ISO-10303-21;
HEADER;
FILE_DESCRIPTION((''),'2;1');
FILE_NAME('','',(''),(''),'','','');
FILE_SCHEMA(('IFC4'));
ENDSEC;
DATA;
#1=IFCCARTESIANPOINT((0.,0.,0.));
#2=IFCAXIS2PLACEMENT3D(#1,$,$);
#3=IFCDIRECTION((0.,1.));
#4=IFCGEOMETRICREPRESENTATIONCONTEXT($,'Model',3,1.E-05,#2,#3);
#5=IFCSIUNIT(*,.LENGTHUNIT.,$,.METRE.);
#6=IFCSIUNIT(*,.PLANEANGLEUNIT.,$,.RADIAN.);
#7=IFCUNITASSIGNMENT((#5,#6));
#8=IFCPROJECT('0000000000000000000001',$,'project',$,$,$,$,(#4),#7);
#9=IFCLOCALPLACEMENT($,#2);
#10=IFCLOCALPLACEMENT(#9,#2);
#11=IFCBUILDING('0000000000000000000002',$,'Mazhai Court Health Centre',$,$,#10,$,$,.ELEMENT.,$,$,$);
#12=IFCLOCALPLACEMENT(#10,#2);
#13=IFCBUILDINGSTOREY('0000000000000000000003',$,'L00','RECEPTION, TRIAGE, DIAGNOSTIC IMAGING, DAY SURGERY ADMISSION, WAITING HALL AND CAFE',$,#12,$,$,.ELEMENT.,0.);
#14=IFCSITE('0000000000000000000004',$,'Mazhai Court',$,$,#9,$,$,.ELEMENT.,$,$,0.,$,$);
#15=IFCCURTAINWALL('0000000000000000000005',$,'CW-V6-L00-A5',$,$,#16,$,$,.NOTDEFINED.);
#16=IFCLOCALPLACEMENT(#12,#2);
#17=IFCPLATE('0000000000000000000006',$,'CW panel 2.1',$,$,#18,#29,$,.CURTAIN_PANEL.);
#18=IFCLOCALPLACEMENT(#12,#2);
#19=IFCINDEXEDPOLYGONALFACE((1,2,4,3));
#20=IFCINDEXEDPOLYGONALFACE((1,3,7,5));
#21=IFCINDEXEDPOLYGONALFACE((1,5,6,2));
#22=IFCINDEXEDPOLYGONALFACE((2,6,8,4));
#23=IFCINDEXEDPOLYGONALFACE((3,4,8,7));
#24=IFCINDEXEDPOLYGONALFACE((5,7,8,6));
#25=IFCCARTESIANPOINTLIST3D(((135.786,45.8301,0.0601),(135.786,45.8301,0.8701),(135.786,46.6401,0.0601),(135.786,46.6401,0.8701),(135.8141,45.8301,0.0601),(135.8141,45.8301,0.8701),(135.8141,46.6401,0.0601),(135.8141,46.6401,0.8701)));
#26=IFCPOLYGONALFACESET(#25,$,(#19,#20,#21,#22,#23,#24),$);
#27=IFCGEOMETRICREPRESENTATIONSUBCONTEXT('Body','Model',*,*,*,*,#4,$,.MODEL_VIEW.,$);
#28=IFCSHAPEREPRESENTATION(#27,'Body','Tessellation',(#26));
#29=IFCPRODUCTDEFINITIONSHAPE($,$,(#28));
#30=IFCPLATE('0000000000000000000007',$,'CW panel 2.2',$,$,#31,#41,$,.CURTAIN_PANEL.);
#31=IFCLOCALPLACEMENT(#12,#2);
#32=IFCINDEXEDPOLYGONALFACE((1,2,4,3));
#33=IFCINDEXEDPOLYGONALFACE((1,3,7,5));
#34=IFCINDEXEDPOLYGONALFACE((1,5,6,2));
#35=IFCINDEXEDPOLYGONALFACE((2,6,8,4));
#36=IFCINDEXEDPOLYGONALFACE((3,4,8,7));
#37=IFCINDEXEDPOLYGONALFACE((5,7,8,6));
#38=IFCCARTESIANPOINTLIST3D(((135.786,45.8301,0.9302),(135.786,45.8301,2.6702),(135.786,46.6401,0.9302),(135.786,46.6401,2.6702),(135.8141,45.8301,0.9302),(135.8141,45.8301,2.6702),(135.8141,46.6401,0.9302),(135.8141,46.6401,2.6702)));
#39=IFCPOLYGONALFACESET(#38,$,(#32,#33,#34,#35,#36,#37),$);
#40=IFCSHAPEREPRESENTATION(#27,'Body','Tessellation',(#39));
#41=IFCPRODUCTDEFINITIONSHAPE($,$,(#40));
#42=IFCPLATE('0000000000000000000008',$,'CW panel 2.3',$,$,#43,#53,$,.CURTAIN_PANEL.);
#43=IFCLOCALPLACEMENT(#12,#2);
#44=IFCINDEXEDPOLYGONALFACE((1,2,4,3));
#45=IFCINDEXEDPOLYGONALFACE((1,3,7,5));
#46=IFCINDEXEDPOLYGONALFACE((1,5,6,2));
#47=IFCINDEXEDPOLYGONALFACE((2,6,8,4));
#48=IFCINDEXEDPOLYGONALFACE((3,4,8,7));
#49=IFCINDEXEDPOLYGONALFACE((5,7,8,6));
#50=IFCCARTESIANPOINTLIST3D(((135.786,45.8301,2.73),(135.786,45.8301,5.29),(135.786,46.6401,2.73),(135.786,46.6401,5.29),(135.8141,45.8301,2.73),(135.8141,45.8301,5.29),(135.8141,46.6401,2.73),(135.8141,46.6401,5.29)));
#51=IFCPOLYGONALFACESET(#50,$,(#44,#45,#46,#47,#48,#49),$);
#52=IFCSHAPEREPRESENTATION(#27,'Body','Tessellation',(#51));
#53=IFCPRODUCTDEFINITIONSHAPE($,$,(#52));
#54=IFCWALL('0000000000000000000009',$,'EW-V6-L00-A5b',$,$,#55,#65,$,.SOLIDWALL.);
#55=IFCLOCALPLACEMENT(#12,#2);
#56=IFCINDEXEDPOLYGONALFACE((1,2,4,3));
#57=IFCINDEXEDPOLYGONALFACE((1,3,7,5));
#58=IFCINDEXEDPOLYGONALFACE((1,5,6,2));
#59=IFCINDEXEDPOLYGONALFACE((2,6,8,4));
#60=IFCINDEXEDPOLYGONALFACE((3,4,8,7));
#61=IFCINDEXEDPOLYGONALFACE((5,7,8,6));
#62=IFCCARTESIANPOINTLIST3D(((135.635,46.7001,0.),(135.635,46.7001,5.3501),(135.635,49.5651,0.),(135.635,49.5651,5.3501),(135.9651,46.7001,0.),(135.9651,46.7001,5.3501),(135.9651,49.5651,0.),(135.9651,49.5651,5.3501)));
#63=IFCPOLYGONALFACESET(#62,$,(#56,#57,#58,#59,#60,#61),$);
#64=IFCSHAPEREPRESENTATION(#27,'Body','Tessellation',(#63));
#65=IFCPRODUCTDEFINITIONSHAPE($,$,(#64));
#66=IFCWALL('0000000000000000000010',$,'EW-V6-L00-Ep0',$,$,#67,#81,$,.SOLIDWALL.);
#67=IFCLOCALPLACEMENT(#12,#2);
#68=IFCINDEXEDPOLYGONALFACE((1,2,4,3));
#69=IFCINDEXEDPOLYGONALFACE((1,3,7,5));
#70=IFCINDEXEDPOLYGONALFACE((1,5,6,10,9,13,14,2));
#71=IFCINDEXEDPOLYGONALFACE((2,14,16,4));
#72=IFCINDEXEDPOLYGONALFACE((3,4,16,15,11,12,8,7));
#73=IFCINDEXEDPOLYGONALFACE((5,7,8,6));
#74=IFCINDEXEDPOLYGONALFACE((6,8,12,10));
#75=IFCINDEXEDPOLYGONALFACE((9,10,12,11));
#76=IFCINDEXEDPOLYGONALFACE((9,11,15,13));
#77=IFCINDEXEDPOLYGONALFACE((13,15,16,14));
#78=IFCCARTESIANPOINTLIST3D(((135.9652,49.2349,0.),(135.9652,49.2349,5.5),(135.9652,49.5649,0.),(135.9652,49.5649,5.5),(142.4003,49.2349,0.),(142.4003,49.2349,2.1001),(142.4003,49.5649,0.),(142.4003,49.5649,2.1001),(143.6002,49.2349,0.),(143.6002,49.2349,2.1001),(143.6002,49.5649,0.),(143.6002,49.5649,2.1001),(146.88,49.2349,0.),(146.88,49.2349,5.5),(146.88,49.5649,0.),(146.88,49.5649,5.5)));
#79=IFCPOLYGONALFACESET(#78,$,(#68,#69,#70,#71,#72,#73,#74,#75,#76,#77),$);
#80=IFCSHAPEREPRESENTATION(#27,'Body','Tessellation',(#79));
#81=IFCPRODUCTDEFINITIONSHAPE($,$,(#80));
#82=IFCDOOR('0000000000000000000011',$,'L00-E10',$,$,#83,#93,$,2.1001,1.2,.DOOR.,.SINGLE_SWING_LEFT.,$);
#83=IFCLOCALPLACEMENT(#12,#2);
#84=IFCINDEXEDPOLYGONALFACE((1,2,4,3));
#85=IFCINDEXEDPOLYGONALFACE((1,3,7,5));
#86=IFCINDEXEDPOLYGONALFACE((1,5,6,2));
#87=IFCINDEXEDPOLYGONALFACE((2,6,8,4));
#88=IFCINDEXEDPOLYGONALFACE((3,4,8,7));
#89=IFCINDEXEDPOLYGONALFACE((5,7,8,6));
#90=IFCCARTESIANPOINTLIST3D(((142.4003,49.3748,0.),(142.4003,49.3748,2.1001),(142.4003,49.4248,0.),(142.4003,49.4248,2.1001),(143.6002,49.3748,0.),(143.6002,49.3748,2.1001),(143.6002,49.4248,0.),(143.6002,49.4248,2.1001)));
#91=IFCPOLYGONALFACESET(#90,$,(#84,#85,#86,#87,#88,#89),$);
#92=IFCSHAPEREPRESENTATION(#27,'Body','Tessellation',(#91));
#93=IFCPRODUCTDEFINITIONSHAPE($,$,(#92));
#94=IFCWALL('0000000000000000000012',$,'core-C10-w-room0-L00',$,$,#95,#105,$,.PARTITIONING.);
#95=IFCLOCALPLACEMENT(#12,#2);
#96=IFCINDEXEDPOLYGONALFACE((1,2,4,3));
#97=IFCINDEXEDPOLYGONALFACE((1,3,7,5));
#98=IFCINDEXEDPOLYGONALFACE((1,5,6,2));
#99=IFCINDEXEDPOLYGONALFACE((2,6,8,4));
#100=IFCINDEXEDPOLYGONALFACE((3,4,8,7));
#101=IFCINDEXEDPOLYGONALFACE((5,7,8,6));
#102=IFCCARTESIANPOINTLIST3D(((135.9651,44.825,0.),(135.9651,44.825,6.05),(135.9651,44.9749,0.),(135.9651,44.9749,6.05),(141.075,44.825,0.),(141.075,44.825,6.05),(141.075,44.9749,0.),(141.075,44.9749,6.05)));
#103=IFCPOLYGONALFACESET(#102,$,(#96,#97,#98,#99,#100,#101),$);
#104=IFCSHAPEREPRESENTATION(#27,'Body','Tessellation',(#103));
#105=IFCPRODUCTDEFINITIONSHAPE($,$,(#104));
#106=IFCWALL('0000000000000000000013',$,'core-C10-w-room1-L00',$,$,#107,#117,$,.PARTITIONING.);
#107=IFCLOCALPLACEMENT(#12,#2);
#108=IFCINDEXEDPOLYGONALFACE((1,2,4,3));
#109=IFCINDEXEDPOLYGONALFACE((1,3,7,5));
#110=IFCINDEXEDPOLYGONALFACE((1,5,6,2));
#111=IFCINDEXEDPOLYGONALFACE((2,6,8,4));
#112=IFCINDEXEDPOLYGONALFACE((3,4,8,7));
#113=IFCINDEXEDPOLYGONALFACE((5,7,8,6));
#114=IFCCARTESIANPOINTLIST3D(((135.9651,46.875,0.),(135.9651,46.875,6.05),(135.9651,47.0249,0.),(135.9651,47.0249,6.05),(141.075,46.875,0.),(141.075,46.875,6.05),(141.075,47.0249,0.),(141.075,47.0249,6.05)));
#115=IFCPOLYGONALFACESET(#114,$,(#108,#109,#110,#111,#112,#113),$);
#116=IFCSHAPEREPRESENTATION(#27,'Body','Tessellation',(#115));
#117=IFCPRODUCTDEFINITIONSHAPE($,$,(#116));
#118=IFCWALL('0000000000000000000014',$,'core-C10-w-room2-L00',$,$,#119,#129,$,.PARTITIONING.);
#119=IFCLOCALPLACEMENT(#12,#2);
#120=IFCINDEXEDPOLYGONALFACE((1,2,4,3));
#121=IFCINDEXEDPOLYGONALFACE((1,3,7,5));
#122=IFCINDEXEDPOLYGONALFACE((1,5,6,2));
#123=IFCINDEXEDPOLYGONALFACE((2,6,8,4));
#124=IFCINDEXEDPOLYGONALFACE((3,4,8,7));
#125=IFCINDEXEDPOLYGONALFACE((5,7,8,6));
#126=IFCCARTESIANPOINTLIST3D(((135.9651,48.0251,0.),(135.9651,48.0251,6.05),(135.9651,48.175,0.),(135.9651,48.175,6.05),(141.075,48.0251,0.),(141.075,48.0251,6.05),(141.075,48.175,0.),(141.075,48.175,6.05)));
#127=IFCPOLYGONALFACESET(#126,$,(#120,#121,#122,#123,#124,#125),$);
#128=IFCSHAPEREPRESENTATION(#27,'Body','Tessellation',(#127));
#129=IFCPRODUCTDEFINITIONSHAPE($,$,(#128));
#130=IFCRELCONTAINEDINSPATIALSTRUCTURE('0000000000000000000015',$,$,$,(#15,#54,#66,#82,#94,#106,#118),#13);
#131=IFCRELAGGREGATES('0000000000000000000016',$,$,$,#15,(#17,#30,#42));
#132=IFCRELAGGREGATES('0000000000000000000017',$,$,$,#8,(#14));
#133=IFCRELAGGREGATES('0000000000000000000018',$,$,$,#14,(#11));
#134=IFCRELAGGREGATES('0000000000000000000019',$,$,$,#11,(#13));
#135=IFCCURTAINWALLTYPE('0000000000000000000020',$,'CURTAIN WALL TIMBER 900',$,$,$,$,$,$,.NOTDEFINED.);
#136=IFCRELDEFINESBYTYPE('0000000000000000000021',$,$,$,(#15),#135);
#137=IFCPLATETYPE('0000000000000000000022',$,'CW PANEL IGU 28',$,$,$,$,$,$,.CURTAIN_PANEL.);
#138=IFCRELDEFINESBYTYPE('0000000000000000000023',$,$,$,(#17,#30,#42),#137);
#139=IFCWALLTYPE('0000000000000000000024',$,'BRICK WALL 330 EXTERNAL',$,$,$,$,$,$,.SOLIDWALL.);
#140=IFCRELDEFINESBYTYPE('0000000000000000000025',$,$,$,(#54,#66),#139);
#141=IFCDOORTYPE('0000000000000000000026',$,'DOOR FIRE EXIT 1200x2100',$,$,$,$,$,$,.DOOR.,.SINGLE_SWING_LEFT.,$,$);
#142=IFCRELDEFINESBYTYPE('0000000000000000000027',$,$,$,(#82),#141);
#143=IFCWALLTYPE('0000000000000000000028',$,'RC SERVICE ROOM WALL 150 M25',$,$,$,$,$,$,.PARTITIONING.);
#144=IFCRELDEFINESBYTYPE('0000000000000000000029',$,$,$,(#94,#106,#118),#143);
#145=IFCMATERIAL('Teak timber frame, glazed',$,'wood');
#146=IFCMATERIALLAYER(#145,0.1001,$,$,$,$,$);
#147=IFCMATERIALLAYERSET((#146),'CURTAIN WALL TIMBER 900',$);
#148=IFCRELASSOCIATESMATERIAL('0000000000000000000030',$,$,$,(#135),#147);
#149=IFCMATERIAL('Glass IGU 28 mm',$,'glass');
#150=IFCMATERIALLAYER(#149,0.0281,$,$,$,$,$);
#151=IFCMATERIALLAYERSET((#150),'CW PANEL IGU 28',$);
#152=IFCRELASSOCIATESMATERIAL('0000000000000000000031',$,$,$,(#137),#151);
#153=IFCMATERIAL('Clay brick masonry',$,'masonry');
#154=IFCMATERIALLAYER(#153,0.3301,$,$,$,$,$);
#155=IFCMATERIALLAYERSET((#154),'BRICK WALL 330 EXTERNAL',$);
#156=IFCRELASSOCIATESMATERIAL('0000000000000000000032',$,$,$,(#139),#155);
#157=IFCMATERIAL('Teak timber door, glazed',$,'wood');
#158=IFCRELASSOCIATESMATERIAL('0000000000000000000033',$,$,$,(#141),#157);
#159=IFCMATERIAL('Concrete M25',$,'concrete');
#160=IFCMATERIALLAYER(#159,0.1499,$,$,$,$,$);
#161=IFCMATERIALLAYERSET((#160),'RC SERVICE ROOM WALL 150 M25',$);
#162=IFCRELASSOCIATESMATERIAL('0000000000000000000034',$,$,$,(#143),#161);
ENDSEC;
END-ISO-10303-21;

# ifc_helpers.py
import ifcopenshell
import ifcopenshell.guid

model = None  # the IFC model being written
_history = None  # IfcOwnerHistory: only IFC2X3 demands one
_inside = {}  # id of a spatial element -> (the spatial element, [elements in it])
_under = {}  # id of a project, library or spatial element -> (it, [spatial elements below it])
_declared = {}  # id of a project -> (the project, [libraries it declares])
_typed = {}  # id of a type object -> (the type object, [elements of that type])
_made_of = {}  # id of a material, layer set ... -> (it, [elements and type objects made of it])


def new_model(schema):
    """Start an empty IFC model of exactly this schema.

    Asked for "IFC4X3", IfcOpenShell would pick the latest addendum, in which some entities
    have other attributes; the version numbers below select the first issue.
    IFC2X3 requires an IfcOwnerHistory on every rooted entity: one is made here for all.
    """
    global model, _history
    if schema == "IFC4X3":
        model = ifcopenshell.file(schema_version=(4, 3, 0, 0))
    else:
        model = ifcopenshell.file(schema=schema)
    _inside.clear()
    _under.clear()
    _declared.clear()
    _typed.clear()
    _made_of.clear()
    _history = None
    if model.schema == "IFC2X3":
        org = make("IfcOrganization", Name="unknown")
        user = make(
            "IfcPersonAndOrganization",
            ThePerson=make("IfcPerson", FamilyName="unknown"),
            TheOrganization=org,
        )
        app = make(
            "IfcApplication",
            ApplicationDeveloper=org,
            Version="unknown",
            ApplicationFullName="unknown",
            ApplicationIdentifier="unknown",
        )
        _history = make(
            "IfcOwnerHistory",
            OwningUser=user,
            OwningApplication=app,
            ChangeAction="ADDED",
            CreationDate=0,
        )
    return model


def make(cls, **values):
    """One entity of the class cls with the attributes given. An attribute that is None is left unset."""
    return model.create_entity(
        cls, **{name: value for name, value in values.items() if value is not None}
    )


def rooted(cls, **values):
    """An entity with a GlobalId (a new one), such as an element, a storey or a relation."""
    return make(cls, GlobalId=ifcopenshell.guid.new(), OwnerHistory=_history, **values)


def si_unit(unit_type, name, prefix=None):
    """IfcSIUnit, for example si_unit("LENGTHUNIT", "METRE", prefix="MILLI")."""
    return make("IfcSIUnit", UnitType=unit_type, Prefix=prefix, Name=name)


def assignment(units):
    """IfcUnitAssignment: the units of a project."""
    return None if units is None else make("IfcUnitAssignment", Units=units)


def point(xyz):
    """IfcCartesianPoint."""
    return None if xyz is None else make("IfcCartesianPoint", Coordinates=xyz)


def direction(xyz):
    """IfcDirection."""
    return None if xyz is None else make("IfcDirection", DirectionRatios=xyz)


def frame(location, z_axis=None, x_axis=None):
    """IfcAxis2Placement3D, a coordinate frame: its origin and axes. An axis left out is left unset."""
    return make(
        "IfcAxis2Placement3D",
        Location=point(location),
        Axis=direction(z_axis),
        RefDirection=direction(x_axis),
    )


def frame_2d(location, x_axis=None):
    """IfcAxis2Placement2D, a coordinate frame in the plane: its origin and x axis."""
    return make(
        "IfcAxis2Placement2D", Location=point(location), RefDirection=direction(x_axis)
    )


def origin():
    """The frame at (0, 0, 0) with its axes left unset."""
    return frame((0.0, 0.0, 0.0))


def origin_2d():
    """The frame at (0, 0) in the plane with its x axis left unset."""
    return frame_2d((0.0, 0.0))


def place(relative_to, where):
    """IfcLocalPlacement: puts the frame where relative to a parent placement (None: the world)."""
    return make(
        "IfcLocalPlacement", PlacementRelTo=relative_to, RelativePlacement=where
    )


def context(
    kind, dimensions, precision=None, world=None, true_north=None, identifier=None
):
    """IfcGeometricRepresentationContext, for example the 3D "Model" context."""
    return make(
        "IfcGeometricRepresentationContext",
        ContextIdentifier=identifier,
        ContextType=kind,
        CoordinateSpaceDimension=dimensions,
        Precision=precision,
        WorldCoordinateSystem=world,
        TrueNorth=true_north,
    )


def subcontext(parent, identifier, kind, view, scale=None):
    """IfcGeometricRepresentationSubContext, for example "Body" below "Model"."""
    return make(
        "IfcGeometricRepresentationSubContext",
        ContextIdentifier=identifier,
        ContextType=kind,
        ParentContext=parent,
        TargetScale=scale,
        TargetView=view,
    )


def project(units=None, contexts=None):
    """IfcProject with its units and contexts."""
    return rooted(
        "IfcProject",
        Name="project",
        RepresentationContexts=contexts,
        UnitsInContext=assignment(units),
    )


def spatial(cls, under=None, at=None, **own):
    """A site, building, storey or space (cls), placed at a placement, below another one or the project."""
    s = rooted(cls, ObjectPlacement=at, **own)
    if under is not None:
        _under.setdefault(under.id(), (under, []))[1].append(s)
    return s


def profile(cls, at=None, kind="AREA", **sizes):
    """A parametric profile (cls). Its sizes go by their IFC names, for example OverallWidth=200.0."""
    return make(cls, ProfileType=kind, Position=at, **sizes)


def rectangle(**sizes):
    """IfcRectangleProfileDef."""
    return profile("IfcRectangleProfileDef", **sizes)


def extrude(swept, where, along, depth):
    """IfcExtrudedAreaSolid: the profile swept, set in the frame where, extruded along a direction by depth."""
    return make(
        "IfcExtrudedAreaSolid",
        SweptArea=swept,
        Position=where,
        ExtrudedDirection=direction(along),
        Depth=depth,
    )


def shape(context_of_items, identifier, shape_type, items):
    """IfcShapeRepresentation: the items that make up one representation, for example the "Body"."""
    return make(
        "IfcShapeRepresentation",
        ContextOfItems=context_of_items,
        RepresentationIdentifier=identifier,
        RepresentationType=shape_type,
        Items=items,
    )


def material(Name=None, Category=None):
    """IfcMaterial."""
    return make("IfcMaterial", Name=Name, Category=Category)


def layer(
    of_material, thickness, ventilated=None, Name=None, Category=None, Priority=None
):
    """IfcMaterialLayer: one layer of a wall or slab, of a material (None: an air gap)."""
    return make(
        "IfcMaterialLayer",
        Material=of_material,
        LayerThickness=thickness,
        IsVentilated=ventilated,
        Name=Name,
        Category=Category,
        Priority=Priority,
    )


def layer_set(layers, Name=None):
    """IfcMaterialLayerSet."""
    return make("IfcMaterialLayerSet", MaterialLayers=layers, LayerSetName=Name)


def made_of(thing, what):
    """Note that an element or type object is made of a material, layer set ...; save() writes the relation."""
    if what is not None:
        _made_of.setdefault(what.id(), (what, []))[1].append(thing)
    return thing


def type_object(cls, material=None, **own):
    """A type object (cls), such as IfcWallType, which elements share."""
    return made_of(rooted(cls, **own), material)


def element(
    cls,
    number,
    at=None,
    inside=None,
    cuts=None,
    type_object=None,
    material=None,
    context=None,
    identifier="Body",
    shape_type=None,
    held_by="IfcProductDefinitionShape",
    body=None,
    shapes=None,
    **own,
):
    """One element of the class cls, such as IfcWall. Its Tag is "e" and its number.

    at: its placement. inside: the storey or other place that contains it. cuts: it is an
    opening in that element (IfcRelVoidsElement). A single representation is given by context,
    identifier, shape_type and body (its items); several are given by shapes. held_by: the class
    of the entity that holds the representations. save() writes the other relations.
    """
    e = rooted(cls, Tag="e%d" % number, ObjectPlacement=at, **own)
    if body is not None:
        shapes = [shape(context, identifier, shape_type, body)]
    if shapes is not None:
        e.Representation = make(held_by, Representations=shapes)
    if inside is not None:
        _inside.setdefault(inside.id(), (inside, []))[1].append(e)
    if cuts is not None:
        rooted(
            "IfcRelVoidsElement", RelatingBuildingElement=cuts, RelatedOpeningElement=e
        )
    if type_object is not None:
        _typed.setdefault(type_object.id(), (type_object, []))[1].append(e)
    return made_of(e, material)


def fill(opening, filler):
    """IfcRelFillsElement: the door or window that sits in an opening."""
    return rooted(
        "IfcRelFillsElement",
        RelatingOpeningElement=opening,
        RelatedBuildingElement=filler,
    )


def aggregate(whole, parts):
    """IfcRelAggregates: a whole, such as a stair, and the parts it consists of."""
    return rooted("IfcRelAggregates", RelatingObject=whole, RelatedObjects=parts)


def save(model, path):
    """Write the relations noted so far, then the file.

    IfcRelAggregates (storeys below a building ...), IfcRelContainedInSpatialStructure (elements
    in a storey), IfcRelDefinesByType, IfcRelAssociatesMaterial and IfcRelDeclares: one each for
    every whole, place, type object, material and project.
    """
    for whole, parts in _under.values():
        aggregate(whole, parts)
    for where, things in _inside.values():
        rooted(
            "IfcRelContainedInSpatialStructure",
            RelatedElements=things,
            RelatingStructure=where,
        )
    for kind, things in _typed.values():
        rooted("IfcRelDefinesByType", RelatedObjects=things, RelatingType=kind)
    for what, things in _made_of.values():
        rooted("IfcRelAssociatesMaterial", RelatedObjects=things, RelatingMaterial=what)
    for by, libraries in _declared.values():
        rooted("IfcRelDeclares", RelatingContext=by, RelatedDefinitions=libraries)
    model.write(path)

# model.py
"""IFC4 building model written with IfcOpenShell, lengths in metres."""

from ifc_helpers import new_model, si_unit, direction, frame, frame_2d, origin, origin_2d, place, context, subcontext, project, spatial, rectangle, extrude, material, layer, layer_set, type_object, element, fill, aggregate, save


model = new_model("IFC4")

# Units and contexts
model_context = context("Model", 3, precision=1e-05, world=origin(), true_north=direction((0.0, 1.0)))
body_context = subcontext(model_context, "Body", "Model", "MODEL_VIEW")
ifc_project = project(units=[si_unit("LENGTHUNIT", "METRE"), si_unit("PLANEANGLEUNIT", "RADIAN")], contexts=[model_context])

# Site, building, storey
site_placement = place(None, origin())
site = spatial("IfcSite", under=ifc_project, at=site_placement, Name="Mazhai Court", CompositionType="ELEMENT", RefElevation=0.0)
building_placement = place(site_placement, origin())
building = spatial("IfcBuilding", under=site, at=building_placement, Name="Mazhai Court Health Centre", CompositionType="ELEMENT")
storey_placement = place(building_placement, origin())
storey = spatial("IfcBuildingStorey", under=building, at=storey_placement, Name="L00", Description="RECEPTION, TRIAGE, DIAGNOSTIC IMAGING, DAY SURGERY ADMISSION, WAITING HALL AND CAFE", CompositionType="ELEMENT", Elevation=0.0)

# Curtain wall, plates
ifc_material_1 = material(Name="Teak timber frame, glazed", Category="wood")
ifc_layer_1 = layer(ifc_material_1, 0.1001)
ifc_layer_set_1 = layer_set([ifc_layer_1], Name="CURTAIN WALL TIMBER 900")
curtain_wall_type = type_object("IfcCurtainWallType", Name="CURTAIN WALL TIMBER 900", PredefinedType="NOTDEFINED", material=ifc_layer_set_1)
curtain_wall_placement = place(storey_placement, origin())
curtain_wall = element("IfcCurtainWall", 1, at=curtain_wall_placement, inside=storey, type_object=curtain_wall_type, Name="CW-V6-L00-A5", PredefinedType="NOTDEFINED")
ifc_material_2 = material(Name="Glass IGU 28 mm", Category="glass")
ifc_layer_2 = layer(ifc_material_2, 0.0281)
ifc_layer_set_2 = layer_set([ifc_layer_2], Name="CW PANEL IGU 28")
plate_type = type_object("IfcPlateType", Name="CW PANEL IGU 28", PredefinedType="CURTAIN_PANEL", material=ifc_layer_set_2)
plate_1_placement = place(storey_placement, frame((135.8, 46.2351, 0.0601), z_axis=(0.0, 0.0, 1.0), x_axis=(0.0, 1.0, 0.0)))
plate_1 = element("IfcPlate", 2, at=plate_1_placement, type_object=plate_type, Name="CW panel 2.1", PredefinedType="CURTAIN_PANEL", context=body_context, shape_type="SweptSolid", body=[
    extrude(rectangle(XDim=0.8101, YDim=0.0281, at=origin_2d()), origin(), (0.0, 0.0, 1.0), 0.8101),
])
plate_2_placement = place(storey_placement, frame((135.8, 46.2351, 0.9302), z_axis=(0.0, 0.0, 1.0), x_axis=(0.0, 1.0, 0.0)))
plate_2 = element("IfcPlate", 3, at=plate_2_placement, type_object=plate_type, Name="CW panel 2.2", PredefinedType="CURTAIN_PANEL", context=body_context, shape_type="SweptSolid", body=[
    extrude(rectangle(XDim=0.8101, YDim=0.0281, at=origin_2d()), origin(), (0.0, 0.0, 1.0), 1.74),
])
plate_3_placement = place(storey_placement, frame((135.8, 46.2351, 2.73), z_axis=(0.0, 0.0, 1.0), x_axis=(0.0, 1.0, 0.0)))
plate_3 = element("IfcPlate", 4, at=plate_3_placement, type_object=plate_type, Name="CW panel 2.3", PredefinedType="CURTAIN_PANEL", context=body_context, shape_type="SweptSolid", body=[
    extrude(rectangle(XDim=0.8101, YDim=0.0281, at=origin_2d()), origin(), (0.0, 0.0, 1.0), 2.5601),
])
aggregate(curtain_wall, [plate_1, plate_2, plate_3])

# Wall
ifc_material_3 = material(Name="Clay brick masonry", Category="masonry")
ifc_layer_3 = layer(ifc_material_3, 0.3301)
ifc_layer_set_3 = layer_set([ifc_layer_3], Name="BRICK WALL 330 EXTERNAL")
wall_type_1 = type_object("IfcWallType", Name="BRICK WALL 330 EXTERNAL", PredefinedType="SOLIDWALL", material=ifc_layer_set_3)
wall_1_placement = place(storey_placement, frame((135.8, 46.7, 0.0), z_axis=(0.0, 0.0, 1.0), x_axis=(0.0, 1.0, 0.0)))
element("IfcWall", 5, at=wall_1_placement, inside=storey, type_object=wall_type_1, Name="EW-V6-L00-A5b", PredefinedType="SOLIDWALL", context=body_context, shape_type="SweptSolid", body=[
    extrude(rectangle(XDim=2.865, YDim=0.3301, at=frame_2d((1.4326, 0.0))), origin(), (0.0, 0.0, 1.0), 5.3501),
])

# Wall, opening, door
wall_2_placement = place(storey_placement, frame((135.9651, 49.3999, 0.0), z_axis=(0.0, 0.0, 1.0), x_axis=(1.0, 0.0, 0.0)))
wall_2 = element("IfcWall", 6, at=wall_2_placement, inside=storey, type_object=wall_type_1, Name="EW-V6-L00-Ep0", PredefinedType="SOLIDWALL", context=body_context, shape_type="SweptSolid", body=[
    extrude(rectangle(XDim=10.9148, YDim=0.3301, at=frame_2d((5.4575, 0.0))), origin(), (0.0, 0.0, 1.0), 5.5),
])
opening_placement = place(wall_2_placement, frame((6.4351, 0.0, 0.0)))
opening = element("IfcOpeningElement", 7, at=opening_placement, cuts=wall_2, PredefinedType="OPENING", context=body_context, shape_type="SweptSolid", body=[
    extrude(rectangle(XDim=1.2, YDim=2.1001, at=frame_2d((0.6001, 1.05))), frame((0.0, 0.175, 0.0), z_axis=(0.0, -1.0, 0.0), x_axis=(1.0, 0.0, 0.0)), (0.0, 0.0, 1.0), 0.3501),
])
ifc_material_4 = material(Name="Teak timber door, glazed", Category="wood")
door_type = type_object("IfcDoorType", Name="DOOR FIRE EXIT 1200x2100", OperationType="SINGLE_SWING_LEFT", PredefinedType="DOOR", material=ifc_material_4)
door_placement = place(opening_placement, origin())
door = element("IfcDoor", 8, at=door_placement, inside=storey, type_object=door_type, Name="L00-E10", OperationType="SINGLE_SWING_LEFT", OverallHeight=2.1001, OverallWidth=1.2, PredefinedType="DOOR", context=body_context, shape_type="SweptSolid", body=[
    extrude(rectangle(XDim=1.2, YDim=2.1001, at=frame_2d((0.6001, 1.05))), frame((0.0, 0.0249, 0.0), z_axis=(0.0, -1.0, 0.0), x_axis=(1.0, 0.0, 0.0)), (0.0, 0.0, 1.0), 0.05),
])
fill(opening, door)

# Walls
ifc_material_5 = material(Name="Concrete M25", Category="concrete")
ifc_layer_4 = layer(ifc_material_5, 0.1499)
ifc_layer_set_4 = layer_set([ifc_layer_4], Name="RC SERVICE ROOM WALL 150 M25")
wall_type_2 = type_object("IfcWallType", Name="RC SERVICE ROOM WALL 150 M25", PredefinedType="PARTITIONING", material=ifc_layer_set_4)
for number, where, z_axis, x_axis, name in (
    (9, (135.9651, 44.8999, 0.0), (0.0, 0.0, 1.0), (1.0, 0.0, 0.0), "core-C10-w-room0-L00"),
    (10, (135.9651, 46.95, 0.0), (0.0, 0.0, 1.0), (1.0, 0.0, 0.0), "core-C10-w-room1-L00"),
    (11, (135.9651, 48.1001, 0.0), (0.0, 0.0, 1.0), (1.0, 0.0, 0.0), "core-C10-w-room2-L00"),
):
    element("IfcWall", number, at=place(storey_placement, frame(where, z_axis=z_axis, x_axis=x_axis)), inside=storey, type_object=wall_type_2, Name=name, PredefinedType="PARTITIONING", context=body_context, shape_type="SweptSolid", body=[
        extrude(rectangle(XDim=5.1099, YDim=0.1499, at=frame_2d((2.5549, 0.0))), origin(), (0.0, 0.0, 1.0), 6.05),
    ])

save(model, "model.ifc")
